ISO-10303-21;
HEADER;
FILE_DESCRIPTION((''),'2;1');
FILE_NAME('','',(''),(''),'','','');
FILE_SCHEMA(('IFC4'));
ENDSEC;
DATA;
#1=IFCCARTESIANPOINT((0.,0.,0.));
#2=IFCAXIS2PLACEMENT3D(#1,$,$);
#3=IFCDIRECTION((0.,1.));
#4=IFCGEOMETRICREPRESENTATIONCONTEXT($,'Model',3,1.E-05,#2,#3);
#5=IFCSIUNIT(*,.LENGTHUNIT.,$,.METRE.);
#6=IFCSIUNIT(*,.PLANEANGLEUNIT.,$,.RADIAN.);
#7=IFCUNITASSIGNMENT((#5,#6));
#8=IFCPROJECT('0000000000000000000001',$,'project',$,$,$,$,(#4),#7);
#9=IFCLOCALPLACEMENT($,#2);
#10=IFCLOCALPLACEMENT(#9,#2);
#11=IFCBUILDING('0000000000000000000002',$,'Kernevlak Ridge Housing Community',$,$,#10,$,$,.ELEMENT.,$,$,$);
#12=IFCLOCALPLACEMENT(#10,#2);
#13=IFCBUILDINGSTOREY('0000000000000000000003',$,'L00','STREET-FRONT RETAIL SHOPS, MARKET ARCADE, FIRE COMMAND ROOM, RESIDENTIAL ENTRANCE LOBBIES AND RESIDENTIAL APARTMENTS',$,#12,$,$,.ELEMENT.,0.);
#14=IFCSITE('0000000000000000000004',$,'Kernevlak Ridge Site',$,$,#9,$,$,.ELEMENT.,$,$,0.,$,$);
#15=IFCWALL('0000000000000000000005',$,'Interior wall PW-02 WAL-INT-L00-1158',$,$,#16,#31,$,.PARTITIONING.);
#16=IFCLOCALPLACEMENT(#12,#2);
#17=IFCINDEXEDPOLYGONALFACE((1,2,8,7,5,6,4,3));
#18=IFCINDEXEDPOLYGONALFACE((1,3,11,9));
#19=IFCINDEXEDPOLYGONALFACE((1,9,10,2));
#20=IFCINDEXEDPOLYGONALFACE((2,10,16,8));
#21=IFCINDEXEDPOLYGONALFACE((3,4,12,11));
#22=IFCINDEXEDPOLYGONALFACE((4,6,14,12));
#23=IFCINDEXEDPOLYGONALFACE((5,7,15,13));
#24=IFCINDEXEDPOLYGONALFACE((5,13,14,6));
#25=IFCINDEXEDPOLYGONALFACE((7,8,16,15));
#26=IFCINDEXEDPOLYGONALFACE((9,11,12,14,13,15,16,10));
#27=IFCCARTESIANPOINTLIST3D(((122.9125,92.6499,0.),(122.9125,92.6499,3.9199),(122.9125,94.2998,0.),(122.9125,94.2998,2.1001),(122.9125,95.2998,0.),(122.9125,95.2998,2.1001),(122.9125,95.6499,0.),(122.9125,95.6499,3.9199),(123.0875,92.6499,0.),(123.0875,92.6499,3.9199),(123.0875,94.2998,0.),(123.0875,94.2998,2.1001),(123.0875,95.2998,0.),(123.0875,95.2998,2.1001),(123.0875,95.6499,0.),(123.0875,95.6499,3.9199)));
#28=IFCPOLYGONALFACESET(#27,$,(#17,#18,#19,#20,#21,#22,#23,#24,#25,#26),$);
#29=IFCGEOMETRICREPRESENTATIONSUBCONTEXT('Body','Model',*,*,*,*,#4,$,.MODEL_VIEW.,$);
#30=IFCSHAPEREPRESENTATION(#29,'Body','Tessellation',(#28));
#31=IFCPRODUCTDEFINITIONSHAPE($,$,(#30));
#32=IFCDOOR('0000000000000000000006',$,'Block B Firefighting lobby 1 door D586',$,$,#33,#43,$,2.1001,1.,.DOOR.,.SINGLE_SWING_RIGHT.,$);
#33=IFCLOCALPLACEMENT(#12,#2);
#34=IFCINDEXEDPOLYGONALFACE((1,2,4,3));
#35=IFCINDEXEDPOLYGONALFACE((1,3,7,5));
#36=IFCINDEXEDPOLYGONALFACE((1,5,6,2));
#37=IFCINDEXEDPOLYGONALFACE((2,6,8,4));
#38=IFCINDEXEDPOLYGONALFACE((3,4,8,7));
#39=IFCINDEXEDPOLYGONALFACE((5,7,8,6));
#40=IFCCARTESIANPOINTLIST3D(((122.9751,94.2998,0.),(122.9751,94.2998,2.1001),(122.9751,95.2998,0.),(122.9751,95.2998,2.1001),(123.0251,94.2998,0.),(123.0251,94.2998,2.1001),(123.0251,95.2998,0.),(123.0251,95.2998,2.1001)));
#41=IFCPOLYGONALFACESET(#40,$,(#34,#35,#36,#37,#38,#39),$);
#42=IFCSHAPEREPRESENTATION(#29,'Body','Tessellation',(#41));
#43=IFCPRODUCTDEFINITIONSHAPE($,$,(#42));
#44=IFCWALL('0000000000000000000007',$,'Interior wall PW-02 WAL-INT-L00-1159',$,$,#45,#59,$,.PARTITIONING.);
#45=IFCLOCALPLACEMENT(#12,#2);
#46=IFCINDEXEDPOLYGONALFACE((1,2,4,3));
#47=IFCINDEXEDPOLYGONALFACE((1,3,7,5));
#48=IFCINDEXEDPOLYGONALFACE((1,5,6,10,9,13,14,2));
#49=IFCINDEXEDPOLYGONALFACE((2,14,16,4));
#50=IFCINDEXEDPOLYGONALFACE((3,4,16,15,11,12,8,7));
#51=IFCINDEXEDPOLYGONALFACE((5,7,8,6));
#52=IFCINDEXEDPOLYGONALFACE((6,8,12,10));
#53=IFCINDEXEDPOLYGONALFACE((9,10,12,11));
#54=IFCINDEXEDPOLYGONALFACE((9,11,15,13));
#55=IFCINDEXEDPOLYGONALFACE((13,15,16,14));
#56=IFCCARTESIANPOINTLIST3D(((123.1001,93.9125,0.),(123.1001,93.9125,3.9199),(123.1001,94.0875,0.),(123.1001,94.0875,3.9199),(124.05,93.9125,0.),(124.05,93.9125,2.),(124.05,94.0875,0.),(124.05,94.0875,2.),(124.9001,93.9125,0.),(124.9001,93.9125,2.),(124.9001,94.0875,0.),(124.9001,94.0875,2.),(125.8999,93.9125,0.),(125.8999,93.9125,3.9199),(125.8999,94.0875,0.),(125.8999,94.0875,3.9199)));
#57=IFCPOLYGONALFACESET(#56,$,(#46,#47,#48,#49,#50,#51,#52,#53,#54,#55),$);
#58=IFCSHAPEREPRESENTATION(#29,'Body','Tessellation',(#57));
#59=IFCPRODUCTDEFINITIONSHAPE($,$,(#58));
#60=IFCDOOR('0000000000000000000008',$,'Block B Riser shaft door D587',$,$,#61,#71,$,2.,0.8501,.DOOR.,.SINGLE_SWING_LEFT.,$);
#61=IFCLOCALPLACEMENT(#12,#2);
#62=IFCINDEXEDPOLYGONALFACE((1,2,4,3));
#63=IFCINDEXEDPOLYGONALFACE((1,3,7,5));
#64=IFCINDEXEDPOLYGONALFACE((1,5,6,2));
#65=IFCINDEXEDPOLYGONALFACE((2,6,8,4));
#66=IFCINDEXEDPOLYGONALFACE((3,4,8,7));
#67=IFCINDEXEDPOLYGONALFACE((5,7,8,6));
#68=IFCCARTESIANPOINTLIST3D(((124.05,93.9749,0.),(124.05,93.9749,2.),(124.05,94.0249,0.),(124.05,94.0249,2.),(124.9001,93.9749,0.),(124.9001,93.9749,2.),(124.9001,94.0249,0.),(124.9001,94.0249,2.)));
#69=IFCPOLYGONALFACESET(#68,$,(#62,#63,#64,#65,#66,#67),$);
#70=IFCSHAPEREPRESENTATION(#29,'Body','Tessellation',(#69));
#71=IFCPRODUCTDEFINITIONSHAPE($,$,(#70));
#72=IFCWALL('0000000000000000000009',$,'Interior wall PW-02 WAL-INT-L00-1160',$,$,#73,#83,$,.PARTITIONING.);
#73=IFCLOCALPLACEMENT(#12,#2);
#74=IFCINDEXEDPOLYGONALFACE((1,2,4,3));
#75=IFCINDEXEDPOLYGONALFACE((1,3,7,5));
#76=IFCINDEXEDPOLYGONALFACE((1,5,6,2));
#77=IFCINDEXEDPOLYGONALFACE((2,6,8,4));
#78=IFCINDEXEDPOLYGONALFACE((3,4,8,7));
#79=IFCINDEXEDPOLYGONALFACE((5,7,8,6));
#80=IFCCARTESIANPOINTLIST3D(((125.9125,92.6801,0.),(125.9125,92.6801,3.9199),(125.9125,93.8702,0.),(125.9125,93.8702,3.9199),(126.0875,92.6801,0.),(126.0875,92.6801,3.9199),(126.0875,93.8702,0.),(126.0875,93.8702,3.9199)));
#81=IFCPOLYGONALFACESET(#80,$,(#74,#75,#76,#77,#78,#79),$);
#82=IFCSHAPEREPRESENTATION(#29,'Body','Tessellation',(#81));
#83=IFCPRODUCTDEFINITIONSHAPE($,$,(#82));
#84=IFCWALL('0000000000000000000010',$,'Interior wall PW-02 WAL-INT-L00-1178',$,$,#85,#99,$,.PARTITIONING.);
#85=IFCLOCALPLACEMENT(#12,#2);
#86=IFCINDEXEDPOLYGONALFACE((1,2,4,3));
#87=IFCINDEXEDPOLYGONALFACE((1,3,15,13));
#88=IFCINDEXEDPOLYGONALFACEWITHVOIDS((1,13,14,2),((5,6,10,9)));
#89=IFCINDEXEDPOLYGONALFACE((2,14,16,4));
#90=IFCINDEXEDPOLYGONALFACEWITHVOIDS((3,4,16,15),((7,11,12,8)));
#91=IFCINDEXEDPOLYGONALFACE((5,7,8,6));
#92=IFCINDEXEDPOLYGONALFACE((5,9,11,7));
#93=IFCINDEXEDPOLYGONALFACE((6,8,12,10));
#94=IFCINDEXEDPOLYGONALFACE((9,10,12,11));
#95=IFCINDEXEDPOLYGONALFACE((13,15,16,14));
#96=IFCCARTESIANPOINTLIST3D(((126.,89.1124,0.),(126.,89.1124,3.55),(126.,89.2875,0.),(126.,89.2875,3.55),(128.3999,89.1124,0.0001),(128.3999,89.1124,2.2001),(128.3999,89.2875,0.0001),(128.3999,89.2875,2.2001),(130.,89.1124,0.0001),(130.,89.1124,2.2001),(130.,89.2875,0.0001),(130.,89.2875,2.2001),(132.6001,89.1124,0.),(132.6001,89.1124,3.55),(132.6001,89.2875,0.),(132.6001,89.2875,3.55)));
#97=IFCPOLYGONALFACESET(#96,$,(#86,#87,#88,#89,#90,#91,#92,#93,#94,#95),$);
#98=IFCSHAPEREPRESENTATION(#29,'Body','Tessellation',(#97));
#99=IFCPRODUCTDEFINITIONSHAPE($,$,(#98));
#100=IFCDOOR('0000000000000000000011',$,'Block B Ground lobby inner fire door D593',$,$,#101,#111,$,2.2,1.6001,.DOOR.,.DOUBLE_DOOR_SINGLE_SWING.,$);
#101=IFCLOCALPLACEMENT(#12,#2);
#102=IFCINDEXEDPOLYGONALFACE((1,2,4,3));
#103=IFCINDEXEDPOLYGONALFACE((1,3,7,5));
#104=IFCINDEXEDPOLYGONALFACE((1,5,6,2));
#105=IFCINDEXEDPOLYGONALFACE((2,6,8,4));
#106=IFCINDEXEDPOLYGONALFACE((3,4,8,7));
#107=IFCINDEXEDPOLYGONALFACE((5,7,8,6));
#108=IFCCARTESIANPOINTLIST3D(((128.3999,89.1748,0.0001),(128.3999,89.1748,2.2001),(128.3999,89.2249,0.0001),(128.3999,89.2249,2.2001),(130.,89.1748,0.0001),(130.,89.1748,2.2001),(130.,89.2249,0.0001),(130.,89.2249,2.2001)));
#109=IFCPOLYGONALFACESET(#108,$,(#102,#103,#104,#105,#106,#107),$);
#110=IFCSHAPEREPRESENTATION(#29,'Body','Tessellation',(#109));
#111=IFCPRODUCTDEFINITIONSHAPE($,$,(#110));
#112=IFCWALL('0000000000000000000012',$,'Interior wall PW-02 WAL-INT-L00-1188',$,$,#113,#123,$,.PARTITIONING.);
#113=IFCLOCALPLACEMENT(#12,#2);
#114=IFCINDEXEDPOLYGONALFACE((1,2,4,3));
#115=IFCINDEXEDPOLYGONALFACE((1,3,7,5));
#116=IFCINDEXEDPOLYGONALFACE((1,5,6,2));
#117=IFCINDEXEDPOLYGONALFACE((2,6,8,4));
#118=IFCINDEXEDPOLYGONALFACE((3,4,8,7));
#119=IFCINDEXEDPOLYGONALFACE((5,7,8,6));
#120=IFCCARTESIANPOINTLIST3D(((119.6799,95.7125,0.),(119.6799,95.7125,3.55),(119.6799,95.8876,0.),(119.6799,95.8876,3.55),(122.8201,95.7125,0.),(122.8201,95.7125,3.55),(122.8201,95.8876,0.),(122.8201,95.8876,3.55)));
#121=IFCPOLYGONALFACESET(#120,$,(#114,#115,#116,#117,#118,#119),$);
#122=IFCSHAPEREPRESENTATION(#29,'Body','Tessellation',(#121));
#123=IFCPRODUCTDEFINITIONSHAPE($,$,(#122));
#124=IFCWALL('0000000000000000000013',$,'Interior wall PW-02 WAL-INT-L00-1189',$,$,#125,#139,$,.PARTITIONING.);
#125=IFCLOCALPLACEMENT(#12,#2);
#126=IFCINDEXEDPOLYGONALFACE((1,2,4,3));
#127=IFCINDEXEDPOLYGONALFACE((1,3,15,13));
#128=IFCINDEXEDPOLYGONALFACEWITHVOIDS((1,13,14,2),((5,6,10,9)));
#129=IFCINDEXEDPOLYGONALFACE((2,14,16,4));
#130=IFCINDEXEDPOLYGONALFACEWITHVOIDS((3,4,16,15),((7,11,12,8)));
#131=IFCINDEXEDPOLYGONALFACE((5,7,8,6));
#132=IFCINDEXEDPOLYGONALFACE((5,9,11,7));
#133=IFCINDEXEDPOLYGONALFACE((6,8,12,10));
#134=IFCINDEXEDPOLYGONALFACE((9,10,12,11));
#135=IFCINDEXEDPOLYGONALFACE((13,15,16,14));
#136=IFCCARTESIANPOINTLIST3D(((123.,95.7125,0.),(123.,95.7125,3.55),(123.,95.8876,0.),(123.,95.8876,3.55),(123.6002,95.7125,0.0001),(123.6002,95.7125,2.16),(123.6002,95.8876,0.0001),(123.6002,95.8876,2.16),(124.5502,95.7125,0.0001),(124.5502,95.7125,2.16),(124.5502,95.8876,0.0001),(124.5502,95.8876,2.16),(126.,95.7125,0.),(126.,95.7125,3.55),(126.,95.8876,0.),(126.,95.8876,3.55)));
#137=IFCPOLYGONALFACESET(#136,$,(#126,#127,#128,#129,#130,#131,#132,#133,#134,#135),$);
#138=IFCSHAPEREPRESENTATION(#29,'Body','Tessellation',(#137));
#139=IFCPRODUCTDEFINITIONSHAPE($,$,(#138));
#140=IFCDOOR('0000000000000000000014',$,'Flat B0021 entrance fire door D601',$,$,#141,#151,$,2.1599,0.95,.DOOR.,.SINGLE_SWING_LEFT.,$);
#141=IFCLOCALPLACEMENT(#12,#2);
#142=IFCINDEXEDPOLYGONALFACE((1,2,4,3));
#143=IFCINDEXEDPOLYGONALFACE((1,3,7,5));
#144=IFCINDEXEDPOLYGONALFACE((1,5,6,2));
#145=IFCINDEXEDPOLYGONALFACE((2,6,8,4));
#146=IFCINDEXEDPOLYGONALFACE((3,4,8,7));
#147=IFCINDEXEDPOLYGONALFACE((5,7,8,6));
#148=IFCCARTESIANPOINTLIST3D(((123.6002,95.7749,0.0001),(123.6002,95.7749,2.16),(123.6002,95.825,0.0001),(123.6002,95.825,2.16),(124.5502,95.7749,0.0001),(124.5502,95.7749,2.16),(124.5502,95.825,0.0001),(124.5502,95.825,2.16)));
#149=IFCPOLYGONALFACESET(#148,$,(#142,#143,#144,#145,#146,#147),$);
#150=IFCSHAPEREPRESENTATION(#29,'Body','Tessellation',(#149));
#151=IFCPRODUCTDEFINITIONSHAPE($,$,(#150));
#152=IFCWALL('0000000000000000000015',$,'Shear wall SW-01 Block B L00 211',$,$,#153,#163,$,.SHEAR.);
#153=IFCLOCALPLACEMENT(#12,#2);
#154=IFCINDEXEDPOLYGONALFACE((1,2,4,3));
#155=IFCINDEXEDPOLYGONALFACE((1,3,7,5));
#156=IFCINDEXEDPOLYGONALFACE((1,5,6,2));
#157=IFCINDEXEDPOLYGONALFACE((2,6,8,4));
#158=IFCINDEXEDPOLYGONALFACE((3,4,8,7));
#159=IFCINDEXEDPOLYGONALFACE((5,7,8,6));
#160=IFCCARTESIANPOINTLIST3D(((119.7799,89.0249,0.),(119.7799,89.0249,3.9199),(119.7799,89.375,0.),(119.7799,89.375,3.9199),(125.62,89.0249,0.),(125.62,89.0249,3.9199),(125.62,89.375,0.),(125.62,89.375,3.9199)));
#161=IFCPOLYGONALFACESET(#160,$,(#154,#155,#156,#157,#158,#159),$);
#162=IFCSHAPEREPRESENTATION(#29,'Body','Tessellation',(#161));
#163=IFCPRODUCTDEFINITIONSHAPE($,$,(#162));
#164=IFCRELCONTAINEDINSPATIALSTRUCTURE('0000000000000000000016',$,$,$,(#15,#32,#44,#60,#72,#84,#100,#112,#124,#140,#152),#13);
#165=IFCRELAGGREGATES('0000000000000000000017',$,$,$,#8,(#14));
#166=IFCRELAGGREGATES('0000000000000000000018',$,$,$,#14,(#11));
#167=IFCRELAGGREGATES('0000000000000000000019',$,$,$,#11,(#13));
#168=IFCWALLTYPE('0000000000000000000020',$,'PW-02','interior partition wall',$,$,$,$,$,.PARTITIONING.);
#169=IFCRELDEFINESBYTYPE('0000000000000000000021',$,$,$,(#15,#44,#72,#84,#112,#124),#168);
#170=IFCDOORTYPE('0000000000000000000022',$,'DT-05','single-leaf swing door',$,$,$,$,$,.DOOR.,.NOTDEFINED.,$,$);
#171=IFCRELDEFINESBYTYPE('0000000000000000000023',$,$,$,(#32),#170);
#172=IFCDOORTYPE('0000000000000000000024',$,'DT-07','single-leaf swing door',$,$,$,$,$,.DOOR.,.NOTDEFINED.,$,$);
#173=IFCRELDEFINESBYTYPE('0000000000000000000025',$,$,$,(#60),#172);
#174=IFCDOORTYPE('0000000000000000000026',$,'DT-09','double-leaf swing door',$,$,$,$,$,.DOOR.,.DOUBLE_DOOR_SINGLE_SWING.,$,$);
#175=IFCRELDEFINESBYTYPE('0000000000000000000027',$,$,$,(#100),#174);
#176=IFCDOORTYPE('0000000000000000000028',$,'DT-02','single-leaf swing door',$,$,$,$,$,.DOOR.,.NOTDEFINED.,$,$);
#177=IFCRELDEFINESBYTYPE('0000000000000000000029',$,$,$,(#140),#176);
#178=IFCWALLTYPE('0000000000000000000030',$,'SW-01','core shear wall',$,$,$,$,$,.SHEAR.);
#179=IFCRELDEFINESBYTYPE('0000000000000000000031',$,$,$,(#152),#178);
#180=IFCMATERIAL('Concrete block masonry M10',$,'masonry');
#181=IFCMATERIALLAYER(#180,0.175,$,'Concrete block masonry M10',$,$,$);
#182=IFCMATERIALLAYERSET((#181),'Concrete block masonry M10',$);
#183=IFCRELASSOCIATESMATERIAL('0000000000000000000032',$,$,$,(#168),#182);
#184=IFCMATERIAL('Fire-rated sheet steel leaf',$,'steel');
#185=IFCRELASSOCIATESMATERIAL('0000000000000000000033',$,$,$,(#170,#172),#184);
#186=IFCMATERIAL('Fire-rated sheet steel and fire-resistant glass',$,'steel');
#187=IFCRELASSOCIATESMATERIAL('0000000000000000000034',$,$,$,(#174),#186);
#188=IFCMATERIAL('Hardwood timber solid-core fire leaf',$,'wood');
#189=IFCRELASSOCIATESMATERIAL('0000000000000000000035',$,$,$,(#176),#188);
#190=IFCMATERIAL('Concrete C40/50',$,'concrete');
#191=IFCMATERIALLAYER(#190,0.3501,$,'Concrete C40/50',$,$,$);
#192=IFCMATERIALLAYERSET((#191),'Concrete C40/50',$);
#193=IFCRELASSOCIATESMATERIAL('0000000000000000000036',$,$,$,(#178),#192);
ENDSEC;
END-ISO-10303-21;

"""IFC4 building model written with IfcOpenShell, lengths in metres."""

from ifc_helpers import new_model, si_unit, direction, frame, frame_2d, origin, place, context, subcontext, project, spatial, rectangle, extrude, material, layer, layer_set, type_object, element, fill, save


model = new_model("IFC4")

# Units and contexts
model_context = context("Model", 3, precision=1e-05, world=origin(), true_north=direction((0.0, 1.0)))
body_context = subcontext(model_context, "Body", "Model", "MODEL_VIEW")
ifc_project = project(units=[si_unit("LENGTHUNIT", "METRE"), si_unit("PLANEANGLEUNIT", "RADIAN")], contexts=[model_context])

# Site, building, storey
site_placement = place(None, origin())
site = spatial("IfcSite", under=ifc_project, at=site_placement, Name="Kernevlak Ridge Site", CompositionType="ELEMENT", RefElevation=0.0)
building_placement = place(site_placement, origin())
building = spatial("IfcBuilding", under=site, at=building_placement, Name="Kernevlak Ridge Housing Community", CompositionType="ELEMENT")
storey_placement = place(building_placement, origin())
storey = spatial("IfcBuildingStorey", under=building, at=storey_placement, Name="L00", Description="STREET-FRONT RETAIL SHOPS, MARKET ARCADE, FIRE COMMAND ROOM, RESIDENTIAL ENTRANCE LOBBIES AND RESIDENTIAL APARTMENTS", CompositionType="ELEMENT", Elevation=0.0)

# Shared definitions
ifc_material_1 = material(Name="Concrete C40/50", Category="concrete")

# Shared definitions
ifc_material_2 = material(Name="Fire-rated sheet steel leaf", Category="steel")

# Walls, openings, doors
ifc_material_3 = material(Name="Concrete block masonry M10", Category="masonry")
ifc_layer_1 = layer(ifc_material_3, 0.175, Name="Concrete block masonry M10")
ifc_layer_set_1 = layer_set([ifc_layer_1], Name="Concrete block masonry M10")
wall_type_1 = type_object("IfcWallType", Name="PW-02", Description="interior partition wall", PredefinedType="PARTITIONING", material=ifc_layer_set_1)
wall_1_placement = place(storey_placement, frame((123.0, 92.6499, 0.0), z_axis=(0.0, 0.0, 1.0), x_axis=(0.0, 1.0, 0.0)))
wall_1 = element("IfcWall", 1, at=wall_1_placement, inside=storey, type_object=wall_type_1, Name="Interior wall PW-02 WAL-INT-L00-1158", PredefinedType="PARTITIONING", context=body_context, shape_type="SweptSolid", body=[
    extrude(rectangle(XDim=3.0, YDim=0.175, at=frame_2d((1.5, 0.0))), origin(), (0.0, 0.0, 1.0), 3.9199),
])
opening_1_placement = place(wall_1_placement, frame((1.6499, 0.0, 0.0)))
opening_1 = element("IfcOpeningElement", 2, at=opening_1_placement, cuts=wall_1, PredefinedType="OPENING", context=body_context, shape_type="SweptSolid", body=[
    extrude(rectangle(XDim=1.0, YDim=2.1001, at=frame_2d((0.5, 1.05))), frame((0.0, 0.0974, 0.0), z_axis=(0.0, -1.0, 0.0), x_axis=(1.0, 0.0, 0.0)), (0.0, 0.0, 1.0), 0.1951),
])
door_type_1 = type_object("IfcDoorType", Name="DT-05", Description="single-leaf swing door", OperationType="NOTDEFINED", PredefinedType="DOOR", material=ifc_material_2)
door_1_placement = place(opening_1_placement, origin())
door_1 = element("IfcDoor", 3, at=door_1_placement, inside=storey, type_object=door_type_1, Name="Block B Firefighting lobby 1 door D586", OperationType="SINGLE_SWING_RIGHT", OverallHeight=2.1001, OverallWidth=1.0, PredefinedType="DOOR", context=body_context, shape_type="SweptSolid", body=[
    extrude(rectangle(XDim=1.0, YDim=2.1001, at=frame_2d((0.5, 1.05))), frame((0.0, 0.0249, 0.0), z_axis=(0.0, -1.0, 0.0), x_axis=(1.0, 0.0, 0.0)), (0.0, 0.0, 1.0), 0.05),
])
fill(opening_1, door_1)
wall_2_placement = place(storey_placement, frame((123.1001, 94.0, 0.0), z_axis=(0.0, 0.0, 1.0), x_axis=(1.0, 0.0, 0.0)))
wall_2 = element("IfcWall", 4, at=wall_2_placement, inside=storey, type_object=wall_type_1, Name="Interior wall PW-02 WAL-INT-L00-1159", PredefinedType="PARTITIONING", context=body_context, shape_type="SweptSolid", body=[
    extrude(rectangle(XDim=2.7998, YDim=0.175, at=frame_2d((1.3999, 0.0))), origin(), (0.0, 0.0, 1.0), 3.9199),
])
opening_2_placement = place(wall_2_placement, frame((0.95, 0.0, 0.0)))
opening_2 = element("IfcOpeningElement", 5, at=opening_2_placement, cuts=wall_2, PredefinedType="OPENING", context=body_context, shape_type="SweptSolid", body=[
    extrude(rectangle(XDim=0.8501, YDim=2.0, at=frame_2d((0.425, 1.0))), frame((0.0, 0.0974, 0.0), z_axis=(0.0, -1.0, 0.0), x_axis=(1.0, 0.0, 0.0)), (0.0, 0.0, 1.0), 0.1951),
])
door_type_2 = type_object("IfcDoorType", Name="DT-07", Description="single-leaf swing door", OperationType="NOTDEFINED", PredefinedType="DOOR", material=ifc_material_2)
door_2_placement = place(opening_2_placement, origin())
door_2 = element("IfcDoor", 6, at=door_2_placement, inside=storey, type_object=door_type_2, Name="Block B Riser shaft door D587", OperationType="SINGLE_SWING_LEFT", OverallHeight=2.0, OverallWidth=0.8501, PredefinedType="DOOR", context=body_context, shape_type="SweptSolid", body=[
    extrude(rectangle(XDim=0.8501, YDim=2.0, at=frame_2d((0.425, 1.0))), frame((0.0, 0.0249, 0.0), z_axis=(0.0, -1.0, 0.0), x_axis=(1.0, 0.0, 0.0)), (0.0, 0.0, 1.0), 0.05),
])
fill(opening_2, door_2)

# Wall
wall_3_placement = place(storey_placement, frame((126.0, 92.6799, 0.0), z_axis=(0.0, 0.0, 1.0), x_axis=(0.0, 1.0, 0.0)))
element("IfcWall", 7, at=wall_3_placement, inside=storey, type_object=wall_type_1, Name="Interior wall PW-02 WAL-INT-L00-1160", PredefinedType="PARTITIONING", context=body_context, shape_type="SweptSolid", body=[
    extrude(rectangle(XDim=1.1902, YDim=0.175, at=frame_2d((0.5952, 0.0))), origin(), (0.0, 0.0, 1.0), 3.9199),
])

# Wall, opening, door
wall_4_placement = place(storey_placement, frame((126.0, 89.2, 0.0), z_axis=(0.0, 0.0, 1.0), x_axis=(1.0, 0.0, 0.0)))
wall_4 = element("IfcWall", 8, at=wall_4_placement, inside=storey, type_object=wall_type_1, Name="Interior wall PW-02 WAL-INT-L00-1178", PredefinedType="PARTITIONING", context=body_context, shape_type="SweptSolid", body=[
    extrude(rectangle(XDim=6.6001, YDim=0.175, at=frame_2d((3.3, 0.0))), origin(), (0.0, 0.0, 1.0), 3.55),
])
opening_3_placement = place(wall_4_placement, frame((2.3999, 0.0, 0.0)))
opening_3 = element("IfcOpeningElement", 9, at=opening_3_placement, cuts=wall_4, PredefinedType="OPENING", context=body_context, shape_type="SweptSolid", body=[
    extrude(rectangle(XDim=1.6001, YDim=2.2, at=frame_2d((0.8, 1.1001))), frame((0.0, 0.0974, 0.0), z_axis=(0.0, -1.0, 0.0), x_axis=(1.0, 0.0, 0.0)), (0.0, 0.0, 1.0), 0.1951),
])
ifc_material_4 = material(Name="Fire-rated sheet steel and fire-resistant glass", Category="steel")
door_type_3 = type_object("IfcDoorType", Name="DT-09", Description="double-leaf swing door", OperationType="DOUBLE_DOOR_SINGLE_SWING", PredefinedType="DOOR", material=ifc_material_4)
door_3_placement = place(opening_3_placement, origin())
door_3 = element("IfcDoor", 10, at=door_3_placement, inside=storey, type_object=door_type_3, Name="Block B Ground lobby inner fire door D593", OperationType="DOUBLE_DOOR_SINGLE_SWING", OverallHeight=2.2, OverallWidth=1.6001, PredefinedType="DOOR", context=body_context, shape_type="SweptSolid", body=[
    extrude(rectangle(XDim=1.6001, YDim=2.2, at=frame_2d((0.8, 1.1001))), frame((0.0, 0.0249, 0.0), z_axis=(0.0, -1.0, 0.0), x_axis=(1.0, 0.0, 0.0)), (0.0, 0.0, 1.0), 0.05),
])
fill(opening_3, door_3)

# Wall
wall_5_placement = place(storey_placement, frame((119.6799, 95.8, 0.0), z_axis=(0.0, 0.0, 1.0), x_axis=(1.0, 0.0, 0.0)))
element("IfcWall", 11, at=wall_5_placement, inside=storey, type_object=wall_type_1, Name="Interior wall PW-02 WAL-INT-L00-1188", PredefinedType="PARTITIONING", context=body_context, shape_type="SweptSolid", body=[
    extrude(rectangle(XDim=3.1401, YDim=0.175, at=frame_2d((1.5701, 0.0))), origin(), (0.0, 0.0, 1.0), 3.55),
])

# Wall, opening, door
wall_6_placement = place(storey_placement, frame((123.0, 95.8, 0.0), z_axis=(0.0, 0.0, 1.0), x_axis=(1.0, 0.0, 0.0)))
wall_6 = element("IfcWall", 12, at=wall_6_placement, inside=storey, type_object=wall_type_1, Name="Interior wall PW-02 WAL-INT-L00-1189", PredefinedType="PARTITIONING", context=body_context, shape_type="SweptSolid", body=[
    extrude(rectangle(XDim=3.0, YDim=0.175, at=frame_2d((1.5, 0.0))), origin(), (0.0, 0.0, 1.0), 3.55),
])
opening_4_placement = place(wall_6_placement, frame((0.6001, 0.0, 0.0)))
opening_4 = element("IfcOpeningElement", 13, at=opening_4_placement, cuts=wall_6, PredefinedType="OPENING", context=body_context, shape_type="SweptSolid", body=[
    extrude(rectangle(XDim=0.95, YDim=2.1599, at=frame_2d((0.4751, 1.0801))), frame((0.0, 0.0974, 0.0), z_axis=(0.0, -1.0, 0.0), x_axis=(1.0, 0.0, 0.0)), (0.0, 0.0, 1.0), 0.1951),
])
ifc_material_5 = material(Name="Hardwood timber solid-core fire leaf", Category="wood")
door_type_4 = type_object("IfcDoorType", Name="DT-02", Description="single-leaf swing door", OperationType="NOTDEFINED", PredefinedType="DOOR", material=ifc_material_5)
door_4_placement = place(opening_4_placement, origin())
door_4 = element("IfcDoor", 14, at=door_4_placement, inside=storey, type_object=door_type_4, Name="Flat B0021 entrance fire door D601", OperationType="SINGLE_SWING_LEFT", OverallHeight=2.1599, OverallWidth=0.95, PredefinedType="DOOR", context=body_context, shape_type="SweptSolid", body=[
    extrude(rectangle(XDim=0.95, YDim=2.1599, at=frame_2d((0.4751, 1.0801))), frame((0.0, 0.0249, 0.0), z_axis=(0.0, -1.0, 0.0), x_axis=(1.0, 0.0, 0.0)), (0.0, 0.0, 1.0), 0.05),
])
fill(opening_4, door_4)

# Wall
ifc_layer_2 = layer(ifc_material_1, 0.3501, Name="Concrete C40/50")
ifc_layer_set_2 = layer_set([ifc_layer_2], Name="Concrete C40/50")
wall_type_2 = type_object("IfcWallType", Name="SW-01", Description="core shear wall", PredefinedType="SHEAR", material=ifc_layer_set_2)
wall_7_placement = place(storey_placement, frame((119.78, 89.2, 0.0), z_axis=(0.0, 0.0, 1.0), x_axis=(1.0, 0.0, 0.0)))
element("IfcWall", 15, at=wall_7_placement, inside=storey, type_object=wall_type_2, Name="Shear wall SW-01 Block B L00 211", PredefinedType="SHEAR", context=body_context, shape_type="SweptSolid", body=[
    extrude(rectangle(XDim=5.8401, YDim=0.3501, at=frame_2d((2.9199, 0.0))), origin(), (0.0, 0.0, 1.0), 3.9199),
])

save(model, "model.ifc")
